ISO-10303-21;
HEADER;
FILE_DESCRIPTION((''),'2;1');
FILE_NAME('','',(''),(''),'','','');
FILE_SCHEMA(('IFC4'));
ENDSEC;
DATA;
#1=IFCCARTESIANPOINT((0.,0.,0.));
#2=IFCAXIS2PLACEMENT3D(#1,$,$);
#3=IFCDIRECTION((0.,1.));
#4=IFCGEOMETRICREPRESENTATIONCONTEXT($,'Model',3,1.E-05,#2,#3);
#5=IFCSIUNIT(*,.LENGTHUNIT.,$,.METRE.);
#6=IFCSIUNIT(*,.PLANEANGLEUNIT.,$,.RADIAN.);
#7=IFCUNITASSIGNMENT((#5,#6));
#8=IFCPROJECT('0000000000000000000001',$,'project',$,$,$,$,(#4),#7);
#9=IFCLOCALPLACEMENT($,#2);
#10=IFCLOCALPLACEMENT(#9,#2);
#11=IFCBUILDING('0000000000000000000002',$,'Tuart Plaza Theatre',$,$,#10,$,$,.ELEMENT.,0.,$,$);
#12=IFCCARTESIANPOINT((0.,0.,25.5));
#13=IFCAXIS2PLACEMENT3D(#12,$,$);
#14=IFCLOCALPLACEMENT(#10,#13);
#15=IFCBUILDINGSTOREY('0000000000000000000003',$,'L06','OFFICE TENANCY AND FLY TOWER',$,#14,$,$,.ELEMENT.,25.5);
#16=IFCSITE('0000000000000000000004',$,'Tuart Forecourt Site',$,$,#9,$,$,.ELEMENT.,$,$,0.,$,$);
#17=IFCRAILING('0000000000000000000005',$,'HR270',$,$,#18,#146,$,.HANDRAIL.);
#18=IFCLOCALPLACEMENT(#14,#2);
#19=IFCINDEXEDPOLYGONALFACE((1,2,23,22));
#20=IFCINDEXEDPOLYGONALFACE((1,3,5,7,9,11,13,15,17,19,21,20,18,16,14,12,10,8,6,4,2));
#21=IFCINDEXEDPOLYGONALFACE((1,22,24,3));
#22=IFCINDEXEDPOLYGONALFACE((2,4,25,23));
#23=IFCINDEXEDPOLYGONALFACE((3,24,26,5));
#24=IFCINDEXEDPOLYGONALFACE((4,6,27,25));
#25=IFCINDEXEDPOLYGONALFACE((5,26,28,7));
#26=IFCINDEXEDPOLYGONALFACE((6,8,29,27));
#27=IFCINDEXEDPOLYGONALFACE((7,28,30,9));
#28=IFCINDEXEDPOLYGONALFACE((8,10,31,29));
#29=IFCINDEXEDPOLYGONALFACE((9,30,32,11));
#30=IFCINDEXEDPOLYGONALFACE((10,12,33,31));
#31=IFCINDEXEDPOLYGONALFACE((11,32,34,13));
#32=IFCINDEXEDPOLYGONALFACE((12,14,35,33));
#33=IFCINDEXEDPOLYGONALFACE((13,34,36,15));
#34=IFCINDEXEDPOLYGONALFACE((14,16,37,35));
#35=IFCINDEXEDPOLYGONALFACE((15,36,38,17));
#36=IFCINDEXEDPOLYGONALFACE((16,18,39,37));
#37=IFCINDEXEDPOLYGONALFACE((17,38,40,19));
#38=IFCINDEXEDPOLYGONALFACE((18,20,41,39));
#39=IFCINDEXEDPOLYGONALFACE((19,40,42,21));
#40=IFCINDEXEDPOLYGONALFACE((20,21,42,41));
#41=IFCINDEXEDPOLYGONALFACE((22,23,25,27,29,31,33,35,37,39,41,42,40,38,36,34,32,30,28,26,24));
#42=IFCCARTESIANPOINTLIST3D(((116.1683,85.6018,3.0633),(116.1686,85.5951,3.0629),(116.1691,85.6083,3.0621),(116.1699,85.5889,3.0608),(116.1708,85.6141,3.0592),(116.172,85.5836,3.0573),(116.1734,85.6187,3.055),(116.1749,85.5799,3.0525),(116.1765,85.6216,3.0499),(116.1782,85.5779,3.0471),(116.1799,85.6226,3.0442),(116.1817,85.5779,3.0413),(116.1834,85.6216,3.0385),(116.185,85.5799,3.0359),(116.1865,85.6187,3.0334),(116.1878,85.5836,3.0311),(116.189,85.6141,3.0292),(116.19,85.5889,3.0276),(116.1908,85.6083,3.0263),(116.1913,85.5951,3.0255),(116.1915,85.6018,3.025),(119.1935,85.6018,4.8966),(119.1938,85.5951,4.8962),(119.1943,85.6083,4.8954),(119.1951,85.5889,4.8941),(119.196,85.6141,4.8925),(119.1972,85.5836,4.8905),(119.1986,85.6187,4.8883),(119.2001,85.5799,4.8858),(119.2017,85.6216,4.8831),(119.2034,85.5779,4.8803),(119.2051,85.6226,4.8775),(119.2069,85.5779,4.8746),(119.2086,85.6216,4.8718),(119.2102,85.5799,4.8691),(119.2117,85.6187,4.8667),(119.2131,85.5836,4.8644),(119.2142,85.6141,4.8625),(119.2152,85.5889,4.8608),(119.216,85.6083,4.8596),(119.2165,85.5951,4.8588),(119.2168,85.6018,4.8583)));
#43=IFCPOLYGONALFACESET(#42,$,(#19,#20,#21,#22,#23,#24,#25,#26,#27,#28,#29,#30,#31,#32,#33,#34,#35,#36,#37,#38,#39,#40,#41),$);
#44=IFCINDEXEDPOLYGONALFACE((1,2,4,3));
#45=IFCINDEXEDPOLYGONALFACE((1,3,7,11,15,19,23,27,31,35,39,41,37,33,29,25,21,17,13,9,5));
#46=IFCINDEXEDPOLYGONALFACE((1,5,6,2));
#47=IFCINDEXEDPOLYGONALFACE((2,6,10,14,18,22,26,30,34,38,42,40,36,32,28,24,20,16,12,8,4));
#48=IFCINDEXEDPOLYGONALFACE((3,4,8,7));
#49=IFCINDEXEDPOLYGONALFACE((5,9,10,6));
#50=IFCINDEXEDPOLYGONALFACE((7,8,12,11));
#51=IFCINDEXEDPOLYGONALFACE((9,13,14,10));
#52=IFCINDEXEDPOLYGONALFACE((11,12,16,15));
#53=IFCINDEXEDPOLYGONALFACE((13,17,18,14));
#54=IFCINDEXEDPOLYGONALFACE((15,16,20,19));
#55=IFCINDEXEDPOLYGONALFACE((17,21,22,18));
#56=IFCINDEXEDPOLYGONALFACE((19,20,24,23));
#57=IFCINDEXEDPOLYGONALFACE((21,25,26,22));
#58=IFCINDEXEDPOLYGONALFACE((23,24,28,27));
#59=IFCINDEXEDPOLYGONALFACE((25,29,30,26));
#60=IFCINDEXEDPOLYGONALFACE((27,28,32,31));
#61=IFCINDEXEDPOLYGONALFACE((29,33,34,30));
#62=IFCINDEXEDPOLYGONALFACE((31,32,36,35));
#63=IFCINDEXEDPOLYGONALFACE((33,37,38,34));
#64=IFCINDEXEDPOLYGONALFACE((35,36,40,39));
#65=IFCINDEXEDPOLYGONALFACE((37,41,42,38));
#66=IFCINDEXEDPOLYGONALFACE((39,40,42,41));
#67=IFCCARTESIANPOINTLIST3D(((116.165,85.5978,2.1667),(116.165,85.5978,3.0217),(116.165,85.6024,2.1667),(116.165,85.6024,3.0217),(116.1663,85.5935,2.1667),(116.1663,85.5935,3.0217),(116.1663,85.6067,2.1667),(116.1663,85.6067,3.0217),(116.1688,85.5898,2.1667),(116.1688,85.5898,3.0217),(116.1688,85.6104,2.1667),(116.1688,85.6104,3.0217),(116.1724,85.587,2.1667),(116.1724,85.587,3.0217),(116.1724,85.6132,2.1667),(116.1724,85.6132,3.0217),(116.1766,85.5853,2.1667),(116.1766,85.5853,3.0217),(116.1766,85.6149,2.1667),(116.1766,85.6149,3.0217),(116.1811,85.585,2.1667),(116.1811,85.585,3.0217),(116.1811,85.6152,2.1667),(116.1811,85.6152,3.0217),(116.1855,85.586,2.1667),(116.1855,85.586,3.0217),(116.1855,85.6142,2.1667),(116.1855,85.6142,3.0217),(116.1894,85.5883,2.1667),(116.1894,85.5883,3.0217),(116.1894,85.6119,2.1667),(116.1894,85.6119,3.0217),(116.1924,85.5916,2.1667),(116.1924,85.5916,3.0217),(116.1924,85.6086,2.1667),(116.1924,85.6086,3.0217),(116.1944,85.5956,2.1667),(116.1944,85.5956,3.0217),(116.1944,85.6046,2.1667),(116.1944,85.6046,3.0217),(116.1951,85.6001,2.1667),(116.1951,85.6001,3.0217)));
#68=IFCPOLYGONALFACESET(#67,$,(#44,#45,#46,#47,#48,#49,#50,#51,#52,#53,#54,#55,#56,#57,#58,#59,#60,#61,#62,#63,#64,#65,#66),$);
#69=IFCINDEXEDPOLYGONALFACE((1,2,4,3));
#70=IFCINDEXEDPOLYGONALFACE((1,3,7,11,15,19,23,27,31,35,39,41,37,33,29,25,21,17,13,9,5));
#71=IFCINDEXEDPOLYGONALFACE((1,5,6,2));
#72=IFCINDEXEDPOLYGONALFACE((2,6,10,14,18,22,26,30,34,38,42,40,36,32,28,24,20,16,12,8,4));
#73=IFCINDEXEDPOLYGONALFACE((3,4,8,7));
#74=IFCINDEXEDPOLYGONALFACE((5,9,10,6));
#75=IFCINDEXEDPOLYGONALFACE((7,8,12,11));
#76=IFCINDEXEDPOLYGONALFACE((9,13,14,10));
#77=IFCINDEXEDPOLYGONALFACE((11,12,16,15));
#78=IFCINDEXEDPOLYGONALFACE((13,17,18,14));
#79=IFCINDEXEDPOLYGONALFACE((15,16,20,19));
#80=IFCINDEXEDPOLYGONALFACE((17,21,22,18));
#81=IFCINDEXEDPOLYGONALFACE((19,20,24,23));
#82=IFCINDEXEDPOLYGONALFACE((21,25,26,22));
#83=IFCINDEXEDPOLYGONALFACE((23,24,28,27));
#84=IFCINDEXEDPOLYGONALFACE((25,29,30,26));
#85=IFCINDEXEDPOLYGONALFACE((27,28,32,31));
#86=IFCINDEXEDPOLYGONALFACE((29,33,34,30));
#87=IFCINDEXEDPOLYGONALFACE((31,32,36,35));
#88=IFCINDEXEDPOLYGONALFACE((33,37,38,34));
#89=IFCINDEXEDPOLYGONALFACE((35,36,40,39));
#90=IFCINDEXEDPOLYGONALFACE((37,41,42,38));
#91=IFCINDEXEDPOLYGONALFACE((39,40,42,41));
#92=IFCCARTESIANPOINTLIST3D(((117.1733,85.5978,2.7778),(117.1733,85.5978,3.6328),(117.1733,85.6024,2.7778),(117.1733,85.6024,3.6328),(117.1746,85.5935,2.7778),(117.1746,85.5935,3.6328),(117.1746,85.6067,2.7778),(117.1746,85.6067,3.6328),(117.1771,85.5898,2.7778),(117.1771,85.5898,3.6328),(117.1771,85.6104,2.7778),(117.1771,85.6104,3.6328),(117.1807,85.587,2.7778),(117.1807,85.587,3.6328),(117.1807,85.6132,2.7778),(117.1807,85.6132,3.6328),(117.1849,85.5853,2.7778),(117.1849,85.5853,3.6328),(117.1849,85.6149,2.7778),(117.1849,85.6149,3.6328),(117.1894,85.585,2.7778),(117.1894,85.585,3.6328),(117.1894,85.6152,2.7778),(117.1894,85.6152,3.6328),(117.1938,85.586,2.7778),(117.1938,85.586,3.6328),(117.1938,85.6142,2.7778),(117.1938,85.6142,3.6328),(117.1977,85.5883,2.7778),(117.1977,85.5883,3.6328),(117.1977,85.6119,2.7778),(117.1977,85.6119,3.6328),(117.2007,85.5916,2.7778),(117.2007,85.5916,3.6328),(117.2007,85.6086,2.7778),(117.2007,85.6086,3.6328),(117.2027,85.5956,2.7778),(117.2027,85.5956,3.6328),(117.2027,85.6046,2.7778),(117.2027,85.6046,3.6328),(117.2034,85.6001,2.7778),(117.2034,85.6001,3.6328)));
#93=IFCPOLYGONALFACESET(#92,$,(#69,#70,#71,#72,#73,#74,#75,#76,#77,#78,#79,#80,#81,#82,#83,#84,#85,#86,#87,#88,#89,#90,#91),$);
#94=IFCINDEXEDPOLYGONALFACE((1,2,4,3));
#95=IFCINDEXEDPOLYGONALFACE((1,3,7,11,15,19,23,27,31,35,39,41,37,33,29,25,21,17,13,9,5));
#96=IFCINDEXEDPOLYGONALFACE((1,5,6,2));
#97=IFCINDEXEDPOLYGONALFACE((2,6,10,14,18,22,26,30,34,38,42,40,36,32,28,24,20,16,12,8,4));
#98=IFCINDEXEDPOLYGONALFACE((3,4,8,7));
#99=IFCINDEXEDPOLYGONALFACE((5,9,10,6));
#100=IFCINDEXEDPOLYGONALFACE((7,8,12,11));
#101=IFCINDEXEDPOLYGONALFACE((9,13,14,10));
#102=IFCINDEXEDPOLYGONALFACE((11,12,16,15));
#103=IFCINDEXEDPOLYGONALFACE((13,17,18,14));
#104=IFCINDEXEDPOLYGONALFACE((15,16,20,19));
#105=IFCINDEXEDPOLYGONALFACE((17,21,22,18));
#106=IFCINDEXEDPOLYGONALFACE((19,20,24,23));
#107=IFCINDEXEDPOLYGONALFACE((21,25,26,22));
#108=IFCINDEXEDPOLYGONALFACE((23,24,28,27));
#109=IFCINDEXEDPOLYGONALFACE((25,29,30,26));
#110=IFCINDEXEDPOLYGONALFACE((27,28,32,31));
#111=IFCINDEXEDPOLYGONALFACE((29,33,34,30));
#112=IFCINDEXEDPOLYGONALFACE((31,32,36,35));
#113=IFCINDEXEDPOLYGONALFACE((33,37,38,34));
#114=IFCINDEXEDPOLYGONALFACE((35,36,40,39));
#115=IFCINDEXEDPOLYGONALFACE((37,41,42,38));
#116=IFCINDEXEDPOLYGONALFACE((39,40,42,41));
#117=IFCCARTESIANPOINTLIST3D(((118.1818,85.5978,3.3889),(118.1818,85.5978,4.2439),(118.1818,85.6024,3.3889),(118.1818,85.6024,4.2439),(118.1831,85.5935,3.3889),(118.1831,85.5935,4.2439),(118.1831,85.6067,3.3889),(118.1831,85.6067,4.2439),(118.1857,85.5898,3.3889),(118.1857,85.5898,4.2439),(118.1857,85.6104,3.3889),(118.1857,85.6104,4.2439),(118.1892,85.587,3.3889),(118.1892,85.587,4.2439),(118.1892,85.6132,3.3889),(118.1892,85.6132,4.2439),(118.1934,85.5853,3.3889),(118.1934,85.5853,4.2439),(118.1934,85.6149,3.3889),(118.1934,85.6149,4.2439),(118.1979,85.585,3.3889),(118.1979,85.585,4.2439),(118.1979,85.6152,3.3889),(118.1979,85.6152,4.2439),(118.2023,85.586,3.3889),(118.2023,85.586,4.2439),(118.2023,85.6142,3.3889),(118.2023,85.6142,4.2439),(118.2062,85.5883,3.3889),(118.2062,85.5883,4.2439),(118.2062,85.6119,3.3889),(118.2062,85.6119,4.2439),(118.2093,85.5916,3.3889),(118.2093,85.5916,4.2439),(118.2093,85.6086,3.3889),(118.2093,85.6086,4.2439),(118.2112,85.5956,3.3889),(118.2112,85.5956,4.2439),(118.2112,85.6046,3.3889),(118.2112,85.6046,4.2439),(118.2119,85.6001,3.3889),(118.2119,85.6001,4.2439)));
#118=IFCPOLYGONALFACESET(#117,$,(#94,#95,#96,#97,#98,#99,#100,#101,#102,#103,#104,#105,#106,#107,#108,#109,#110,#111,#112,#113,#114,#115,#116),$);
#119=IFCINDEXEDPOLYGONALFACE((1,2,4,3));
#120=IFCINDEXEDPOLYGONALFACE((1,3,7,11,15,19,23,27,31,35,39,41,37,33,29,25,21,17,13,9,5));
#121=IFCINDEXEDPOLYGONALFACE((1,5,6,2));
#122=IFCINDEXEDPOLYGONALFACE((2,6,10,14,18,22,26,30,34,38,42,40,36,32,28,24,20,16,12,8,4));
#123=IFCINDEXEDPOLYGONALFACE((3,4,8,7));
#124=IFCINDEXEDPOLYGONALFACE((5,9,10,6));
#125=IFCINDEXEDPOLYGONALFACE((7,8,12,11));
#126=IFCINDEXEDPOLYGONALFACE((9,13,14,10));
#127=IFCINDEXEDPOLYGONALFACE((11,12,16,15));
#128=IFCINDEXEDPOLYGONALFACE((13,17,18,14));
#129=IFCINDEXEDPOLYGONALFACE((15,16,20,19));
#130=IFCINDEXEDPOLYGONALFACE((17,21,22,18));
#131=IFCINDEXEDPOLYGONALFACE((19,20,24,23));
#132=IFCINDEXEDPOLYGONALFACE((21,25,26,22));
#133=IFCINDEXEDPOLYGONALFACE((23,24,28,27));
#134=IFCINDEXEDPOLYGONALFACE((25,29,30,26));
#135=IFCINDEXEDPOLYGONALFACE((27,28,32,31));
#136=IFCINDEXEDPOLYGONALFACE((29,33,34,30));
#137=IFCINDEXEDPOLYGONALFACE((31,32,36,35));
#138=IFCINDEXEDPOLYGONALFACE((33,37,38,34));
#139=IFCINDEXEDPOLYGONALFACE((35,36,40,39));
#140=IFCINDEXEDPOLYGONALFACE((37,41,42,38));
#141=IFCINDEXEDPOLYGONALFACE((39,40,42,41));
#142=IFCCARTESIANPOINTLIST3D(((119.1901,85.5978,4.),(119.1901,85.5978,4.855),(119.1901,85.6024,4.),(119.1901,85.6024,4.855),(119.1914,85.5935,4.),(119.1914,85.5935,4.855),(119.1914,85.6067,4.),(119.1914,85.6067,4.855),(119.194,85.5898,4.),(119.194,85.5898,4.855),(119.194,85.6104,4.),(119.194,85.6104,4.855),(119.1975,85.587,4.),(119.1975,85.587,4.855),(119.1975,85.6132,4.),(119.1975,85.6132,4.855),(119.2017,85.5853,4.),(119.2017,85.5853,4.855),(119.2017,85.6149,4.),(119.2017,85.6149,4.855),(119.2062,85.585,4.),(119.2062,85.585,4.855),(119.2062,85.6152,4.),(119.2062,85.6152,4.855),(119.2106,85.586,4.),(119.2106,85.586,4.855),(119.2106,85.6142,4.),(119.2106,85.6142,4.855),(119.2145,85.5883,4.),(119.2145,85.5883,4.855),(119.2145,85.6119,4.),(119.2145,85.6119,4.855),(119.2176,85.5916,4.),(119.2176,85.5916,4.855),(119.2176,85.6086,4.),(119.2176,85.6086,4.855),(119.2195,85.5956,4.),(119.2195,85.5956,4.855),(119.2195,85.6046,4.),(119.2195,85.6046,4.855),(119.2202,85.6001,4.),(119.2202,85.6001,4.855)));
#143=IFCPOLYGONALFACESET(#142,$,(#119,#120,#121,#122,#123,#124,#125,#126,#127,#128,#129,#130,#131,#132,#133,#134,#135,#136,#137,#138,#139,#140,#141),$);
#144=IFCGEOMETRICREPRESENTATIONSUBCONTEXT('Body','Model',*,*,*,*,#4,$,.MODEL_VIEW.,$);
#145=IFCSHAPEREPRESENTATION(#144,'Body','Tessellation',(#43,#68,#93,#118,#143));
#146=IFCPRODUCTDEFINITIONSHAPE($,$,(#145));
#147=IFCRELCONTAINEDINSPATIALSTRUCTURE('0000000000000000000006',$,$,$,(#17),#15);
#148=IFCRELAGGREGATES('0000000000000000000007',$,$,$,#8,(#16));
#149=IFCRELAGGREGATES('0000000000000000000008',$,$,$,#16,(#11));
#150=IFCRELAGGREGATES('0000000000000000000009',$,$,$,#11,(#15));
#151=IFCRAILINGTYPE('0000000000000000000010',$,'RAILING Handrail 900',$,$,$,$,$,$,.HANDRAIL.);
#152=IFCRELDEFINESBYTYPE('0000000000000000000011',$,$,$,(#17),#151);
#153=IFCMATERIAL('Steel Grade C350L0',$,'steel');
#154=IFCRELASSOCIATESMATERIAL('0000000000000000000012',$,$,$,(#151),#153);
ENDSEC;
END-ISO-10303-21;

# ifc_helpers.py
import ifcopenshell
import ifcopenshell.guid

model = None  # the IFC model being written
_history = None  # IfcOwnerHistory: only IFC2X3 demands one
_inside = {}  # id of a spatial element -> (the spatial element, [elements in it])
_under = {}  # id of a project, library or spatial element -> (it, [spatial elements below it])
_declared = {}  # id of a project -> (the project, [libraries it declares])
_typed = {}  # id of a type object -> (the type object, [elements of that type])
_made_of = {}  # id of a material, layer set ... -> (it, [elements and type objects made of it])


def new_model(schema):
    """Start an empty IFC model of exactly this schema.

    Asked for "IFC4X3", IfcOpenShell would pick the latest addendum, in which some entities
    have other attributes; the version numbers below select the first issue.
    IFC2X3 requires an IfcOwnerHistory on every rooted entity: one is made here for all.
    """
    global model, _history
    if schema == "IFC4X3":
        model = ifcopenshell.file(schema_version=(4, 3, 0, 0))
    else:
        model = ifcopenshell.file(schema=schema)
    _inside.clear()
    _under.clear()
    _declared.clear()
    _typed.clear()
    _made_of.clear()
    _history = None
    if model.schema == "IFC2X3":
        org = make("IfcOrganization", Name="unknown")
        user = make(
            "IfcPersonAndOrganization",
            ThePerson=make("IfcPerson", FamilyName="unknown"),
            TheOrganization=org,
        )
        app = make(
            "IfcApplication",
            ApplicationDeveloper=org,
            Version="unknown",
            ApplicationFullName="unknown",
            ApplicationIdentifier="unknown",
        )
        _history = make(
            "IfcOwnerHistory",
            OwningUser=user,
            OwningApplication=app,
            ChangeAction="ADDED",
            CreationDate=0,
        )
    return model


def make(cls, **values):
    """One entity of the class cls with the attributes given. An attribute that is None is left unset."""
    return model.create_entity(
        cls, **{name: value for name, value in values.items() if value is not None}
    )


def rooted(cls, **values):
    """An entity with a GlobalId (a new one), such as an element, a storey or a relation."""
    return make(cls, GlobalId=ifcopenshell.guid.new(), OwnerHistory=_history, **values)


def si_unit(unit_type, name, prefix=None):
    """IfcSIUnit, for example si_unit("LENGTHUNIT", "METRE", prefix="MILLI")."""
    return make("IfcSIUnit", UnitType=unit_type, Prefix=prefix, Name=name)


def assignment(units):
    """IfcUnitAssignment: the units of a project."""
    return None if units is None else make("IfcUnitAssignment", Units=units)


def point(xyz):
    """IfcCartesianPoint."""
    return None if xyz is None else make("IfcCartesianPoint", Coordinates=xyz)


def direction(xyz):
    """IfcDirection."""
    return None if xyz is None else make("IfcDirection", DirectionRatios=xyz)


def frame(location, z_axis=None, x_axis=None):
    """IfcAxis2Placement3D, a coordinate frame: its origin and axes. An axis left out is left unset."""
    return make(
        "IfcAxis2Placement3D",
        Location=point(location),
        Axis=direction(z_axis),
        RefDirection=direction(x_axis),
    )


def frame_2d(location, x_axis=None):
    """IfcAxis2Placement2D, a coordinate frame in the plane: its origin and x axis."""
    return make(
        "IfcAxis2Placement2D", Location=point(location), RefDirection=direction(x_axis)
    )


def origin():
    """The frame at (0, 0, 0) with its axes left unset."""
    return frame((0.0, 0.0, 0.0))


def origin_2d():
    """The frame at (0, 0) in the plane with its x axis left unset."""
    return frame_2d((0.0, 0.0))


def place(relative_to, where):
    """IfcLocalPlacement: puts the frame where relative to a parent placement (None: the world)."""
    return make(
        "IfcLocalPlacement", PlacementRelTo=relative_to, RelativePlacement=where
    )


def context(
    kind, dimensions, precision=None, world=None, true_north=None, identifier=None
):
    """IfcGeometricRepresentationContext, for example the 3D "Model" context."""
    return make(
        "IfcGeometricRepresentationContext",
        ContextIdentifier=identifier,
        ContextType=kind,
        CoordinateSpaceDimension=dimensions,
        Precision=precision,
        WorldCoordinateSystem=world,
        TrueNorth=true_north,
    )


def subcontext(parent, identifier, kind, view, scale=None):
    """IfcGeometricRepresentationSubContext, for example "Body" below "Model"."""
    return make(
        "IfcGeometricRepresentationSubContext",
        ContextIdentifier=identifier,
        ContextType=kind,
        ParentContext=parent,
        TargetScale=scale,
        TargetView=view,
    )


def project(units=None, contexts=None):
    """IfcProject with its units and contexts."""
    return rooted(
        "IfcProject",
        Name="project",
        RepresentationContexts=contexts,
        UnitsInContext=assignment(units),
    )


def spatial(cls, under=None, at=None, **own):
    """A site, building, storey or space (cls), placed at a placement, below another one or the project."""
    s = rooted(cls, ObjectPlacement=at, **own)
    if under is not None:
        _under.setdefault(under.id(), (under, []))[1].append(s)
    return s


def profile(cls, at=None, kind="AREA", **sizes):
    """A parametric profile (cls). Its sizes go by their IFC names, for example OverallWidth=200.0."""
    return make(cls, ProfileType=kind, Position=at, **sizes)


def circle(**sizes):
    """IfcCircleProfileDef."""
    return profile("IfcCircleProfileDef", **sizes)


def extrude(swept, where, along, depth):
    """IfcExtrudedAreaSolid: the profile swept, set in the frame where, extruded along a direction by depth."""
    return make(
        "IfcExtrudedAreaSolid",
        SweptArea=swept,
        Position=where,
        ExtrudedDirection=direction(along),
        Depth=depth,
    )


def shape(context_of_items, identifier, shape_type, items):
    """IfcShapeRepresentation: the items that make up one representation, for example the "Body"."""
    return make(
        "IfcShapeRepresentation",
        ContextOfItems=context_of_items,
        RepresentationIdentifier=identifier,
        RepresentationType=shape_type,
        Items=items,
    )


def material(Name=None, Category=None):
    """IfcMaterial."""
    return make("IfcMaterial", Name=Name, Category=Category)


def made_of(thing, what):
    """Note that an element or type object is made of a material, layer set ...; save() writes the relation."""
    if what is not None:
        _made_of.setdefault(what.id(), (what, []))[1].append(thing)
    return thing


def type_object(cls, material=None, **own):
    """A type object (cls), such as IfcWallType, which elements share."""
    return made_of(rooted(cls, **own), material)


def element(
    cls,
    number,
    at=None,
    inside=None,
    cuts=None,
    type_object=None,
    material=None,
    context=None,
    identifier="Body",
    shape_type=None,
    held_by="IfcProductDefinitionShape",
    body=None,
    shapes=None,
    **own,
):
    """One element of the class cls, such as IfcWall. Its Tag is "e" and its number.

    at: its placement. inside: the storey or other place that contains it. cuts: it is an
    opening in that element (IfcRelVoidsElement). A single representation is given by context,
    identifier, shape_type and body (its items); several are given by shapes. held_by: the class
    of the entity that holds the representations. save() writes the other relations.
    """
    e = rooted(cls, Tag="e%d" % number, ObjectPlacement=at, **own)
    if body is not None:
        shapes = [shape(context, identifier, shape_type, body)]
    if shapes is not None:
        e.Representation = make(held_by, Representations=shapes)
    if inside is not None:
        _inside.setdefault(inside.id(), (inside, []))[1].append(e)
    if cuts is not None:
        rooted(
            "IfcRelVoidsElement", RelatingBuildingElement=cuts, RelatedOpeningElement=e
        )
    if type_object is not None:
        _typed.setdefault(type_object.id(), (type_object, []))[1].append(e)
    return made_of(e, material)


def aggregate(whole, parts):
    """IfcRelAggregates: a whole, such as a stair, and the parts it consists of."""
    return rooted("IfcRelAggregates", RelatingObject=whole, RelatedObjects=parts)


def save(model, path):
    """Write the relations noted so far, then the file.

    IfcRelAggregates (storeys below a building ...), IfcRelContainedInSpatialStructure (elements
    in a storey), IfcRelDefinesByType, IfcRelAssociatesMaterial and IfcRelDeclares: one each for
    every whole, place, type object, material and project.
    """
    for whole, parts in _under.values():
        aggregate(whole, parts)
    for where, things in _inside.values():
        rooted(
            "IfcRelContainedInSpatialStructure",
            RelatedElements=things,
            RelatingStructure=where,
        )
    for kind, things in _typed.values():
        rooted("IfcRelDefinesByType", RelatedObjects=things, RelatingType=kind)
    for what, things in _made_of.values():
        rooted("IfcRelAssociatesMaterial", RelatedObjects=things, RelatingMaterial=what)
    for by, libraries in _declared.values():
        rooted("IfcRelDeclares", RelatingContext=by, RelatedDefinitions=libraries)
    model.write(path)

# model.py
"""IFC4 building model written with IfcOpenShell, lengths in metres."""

from ifc_helpers import new_model, si_unit, direction, frame, origin, origin_2d, place, context, subcontext, project, spatial, circle, extrude, material, type_object, element, save


model = new_model("IFC4")

# Units and contexts
model_context = context("Model", 3, precision=1e-05, world=origin(), true_north=direction((0.0, 1.0)))
body_context = subcontext(model_context, "Body", "Model", "MODEL_VIEW")
ifc_project = project(units=[si_unit("LENGTHUNIT", "METRE"), si_unit("PLANEANGLEUNIT", "RADIAN")], contexts=[model_context])

# Site, building, storey
site_placement = place(None, origin())
site = spatial("IfcSite", under=ifc_project, at=site_placement, Name="Tuart Forecourt Site", CompositionType="ELEMENT", RefElevation=0.0)
building_placement = place(site_placement, origin())
building = spatial("IfcBuilding", under=site, at=building_placement, Name="Tuart Plaza Theatre", CompositionType="ELEMENT", ElevationOfRefHeight=0.0)
storey_placement = place(building_placement, frame((0.0, 0.0, 25.5)))
storey = spatial("IfcBuildingStorey", under=building, at=storey_placement, Name="L06", Description="OFFICE TENANCY AND FLY TOWER", CompositionType="ELEMENT", Elevation=25.5)

# Railing
ifc_material_1 = material(Name="Steel Grade C350L0", Category="steel")
railing_type_1 = type_object("IfcRailingType", Name="RAILING Handrail 900", PredefinedType="HANDRAIL", material=ifc_material_1)
for number, where, name in (
    (1, (116.1799, 85.6001, 2.1667), "HR270"),
):
    element("IfcRailing", number, at=place(storey_placement, frame(where)), inside=storey, type_object=railing_type_1, Name=name, PredefinedType="HANDRAIL", context=body_context, shape_type="SweptSolid", body=[
        extrude(circle(Radius=0.0225, at=origin_2d()), frame((0.0, 0.0, 0.8774), z_axis=(0.855219, 0.0, 0.518267), x_axis=(0.0, 1.0, 0.0)), (0.0, 0.0, 1.0), 3.5374),
        extrude(circle(Radius=0.0151, at=origin_2d()), origin(), (0.0, 0.0, 1.0), 0.855),
        extrude(circle(Radius=0.0151, at=origin_2d()), frame((1.0083, 0.0, 0.6111)), (0.0, 0.0, 1.0), 0.855),
        extrude(circle(Radius=0.0151, at=origin_2d()), frame((2.0168, 0.0, 1.2222)), (0.0, 0.0, 1.0), 0.855),
        extrude(circle(Radius=0.0151, at=origin_2d()), frame((3.0251, 0.0, 1.8333)), (0.0, 0.0, 1.0), 0.855),
    ])

save(model, "model.ifc")
